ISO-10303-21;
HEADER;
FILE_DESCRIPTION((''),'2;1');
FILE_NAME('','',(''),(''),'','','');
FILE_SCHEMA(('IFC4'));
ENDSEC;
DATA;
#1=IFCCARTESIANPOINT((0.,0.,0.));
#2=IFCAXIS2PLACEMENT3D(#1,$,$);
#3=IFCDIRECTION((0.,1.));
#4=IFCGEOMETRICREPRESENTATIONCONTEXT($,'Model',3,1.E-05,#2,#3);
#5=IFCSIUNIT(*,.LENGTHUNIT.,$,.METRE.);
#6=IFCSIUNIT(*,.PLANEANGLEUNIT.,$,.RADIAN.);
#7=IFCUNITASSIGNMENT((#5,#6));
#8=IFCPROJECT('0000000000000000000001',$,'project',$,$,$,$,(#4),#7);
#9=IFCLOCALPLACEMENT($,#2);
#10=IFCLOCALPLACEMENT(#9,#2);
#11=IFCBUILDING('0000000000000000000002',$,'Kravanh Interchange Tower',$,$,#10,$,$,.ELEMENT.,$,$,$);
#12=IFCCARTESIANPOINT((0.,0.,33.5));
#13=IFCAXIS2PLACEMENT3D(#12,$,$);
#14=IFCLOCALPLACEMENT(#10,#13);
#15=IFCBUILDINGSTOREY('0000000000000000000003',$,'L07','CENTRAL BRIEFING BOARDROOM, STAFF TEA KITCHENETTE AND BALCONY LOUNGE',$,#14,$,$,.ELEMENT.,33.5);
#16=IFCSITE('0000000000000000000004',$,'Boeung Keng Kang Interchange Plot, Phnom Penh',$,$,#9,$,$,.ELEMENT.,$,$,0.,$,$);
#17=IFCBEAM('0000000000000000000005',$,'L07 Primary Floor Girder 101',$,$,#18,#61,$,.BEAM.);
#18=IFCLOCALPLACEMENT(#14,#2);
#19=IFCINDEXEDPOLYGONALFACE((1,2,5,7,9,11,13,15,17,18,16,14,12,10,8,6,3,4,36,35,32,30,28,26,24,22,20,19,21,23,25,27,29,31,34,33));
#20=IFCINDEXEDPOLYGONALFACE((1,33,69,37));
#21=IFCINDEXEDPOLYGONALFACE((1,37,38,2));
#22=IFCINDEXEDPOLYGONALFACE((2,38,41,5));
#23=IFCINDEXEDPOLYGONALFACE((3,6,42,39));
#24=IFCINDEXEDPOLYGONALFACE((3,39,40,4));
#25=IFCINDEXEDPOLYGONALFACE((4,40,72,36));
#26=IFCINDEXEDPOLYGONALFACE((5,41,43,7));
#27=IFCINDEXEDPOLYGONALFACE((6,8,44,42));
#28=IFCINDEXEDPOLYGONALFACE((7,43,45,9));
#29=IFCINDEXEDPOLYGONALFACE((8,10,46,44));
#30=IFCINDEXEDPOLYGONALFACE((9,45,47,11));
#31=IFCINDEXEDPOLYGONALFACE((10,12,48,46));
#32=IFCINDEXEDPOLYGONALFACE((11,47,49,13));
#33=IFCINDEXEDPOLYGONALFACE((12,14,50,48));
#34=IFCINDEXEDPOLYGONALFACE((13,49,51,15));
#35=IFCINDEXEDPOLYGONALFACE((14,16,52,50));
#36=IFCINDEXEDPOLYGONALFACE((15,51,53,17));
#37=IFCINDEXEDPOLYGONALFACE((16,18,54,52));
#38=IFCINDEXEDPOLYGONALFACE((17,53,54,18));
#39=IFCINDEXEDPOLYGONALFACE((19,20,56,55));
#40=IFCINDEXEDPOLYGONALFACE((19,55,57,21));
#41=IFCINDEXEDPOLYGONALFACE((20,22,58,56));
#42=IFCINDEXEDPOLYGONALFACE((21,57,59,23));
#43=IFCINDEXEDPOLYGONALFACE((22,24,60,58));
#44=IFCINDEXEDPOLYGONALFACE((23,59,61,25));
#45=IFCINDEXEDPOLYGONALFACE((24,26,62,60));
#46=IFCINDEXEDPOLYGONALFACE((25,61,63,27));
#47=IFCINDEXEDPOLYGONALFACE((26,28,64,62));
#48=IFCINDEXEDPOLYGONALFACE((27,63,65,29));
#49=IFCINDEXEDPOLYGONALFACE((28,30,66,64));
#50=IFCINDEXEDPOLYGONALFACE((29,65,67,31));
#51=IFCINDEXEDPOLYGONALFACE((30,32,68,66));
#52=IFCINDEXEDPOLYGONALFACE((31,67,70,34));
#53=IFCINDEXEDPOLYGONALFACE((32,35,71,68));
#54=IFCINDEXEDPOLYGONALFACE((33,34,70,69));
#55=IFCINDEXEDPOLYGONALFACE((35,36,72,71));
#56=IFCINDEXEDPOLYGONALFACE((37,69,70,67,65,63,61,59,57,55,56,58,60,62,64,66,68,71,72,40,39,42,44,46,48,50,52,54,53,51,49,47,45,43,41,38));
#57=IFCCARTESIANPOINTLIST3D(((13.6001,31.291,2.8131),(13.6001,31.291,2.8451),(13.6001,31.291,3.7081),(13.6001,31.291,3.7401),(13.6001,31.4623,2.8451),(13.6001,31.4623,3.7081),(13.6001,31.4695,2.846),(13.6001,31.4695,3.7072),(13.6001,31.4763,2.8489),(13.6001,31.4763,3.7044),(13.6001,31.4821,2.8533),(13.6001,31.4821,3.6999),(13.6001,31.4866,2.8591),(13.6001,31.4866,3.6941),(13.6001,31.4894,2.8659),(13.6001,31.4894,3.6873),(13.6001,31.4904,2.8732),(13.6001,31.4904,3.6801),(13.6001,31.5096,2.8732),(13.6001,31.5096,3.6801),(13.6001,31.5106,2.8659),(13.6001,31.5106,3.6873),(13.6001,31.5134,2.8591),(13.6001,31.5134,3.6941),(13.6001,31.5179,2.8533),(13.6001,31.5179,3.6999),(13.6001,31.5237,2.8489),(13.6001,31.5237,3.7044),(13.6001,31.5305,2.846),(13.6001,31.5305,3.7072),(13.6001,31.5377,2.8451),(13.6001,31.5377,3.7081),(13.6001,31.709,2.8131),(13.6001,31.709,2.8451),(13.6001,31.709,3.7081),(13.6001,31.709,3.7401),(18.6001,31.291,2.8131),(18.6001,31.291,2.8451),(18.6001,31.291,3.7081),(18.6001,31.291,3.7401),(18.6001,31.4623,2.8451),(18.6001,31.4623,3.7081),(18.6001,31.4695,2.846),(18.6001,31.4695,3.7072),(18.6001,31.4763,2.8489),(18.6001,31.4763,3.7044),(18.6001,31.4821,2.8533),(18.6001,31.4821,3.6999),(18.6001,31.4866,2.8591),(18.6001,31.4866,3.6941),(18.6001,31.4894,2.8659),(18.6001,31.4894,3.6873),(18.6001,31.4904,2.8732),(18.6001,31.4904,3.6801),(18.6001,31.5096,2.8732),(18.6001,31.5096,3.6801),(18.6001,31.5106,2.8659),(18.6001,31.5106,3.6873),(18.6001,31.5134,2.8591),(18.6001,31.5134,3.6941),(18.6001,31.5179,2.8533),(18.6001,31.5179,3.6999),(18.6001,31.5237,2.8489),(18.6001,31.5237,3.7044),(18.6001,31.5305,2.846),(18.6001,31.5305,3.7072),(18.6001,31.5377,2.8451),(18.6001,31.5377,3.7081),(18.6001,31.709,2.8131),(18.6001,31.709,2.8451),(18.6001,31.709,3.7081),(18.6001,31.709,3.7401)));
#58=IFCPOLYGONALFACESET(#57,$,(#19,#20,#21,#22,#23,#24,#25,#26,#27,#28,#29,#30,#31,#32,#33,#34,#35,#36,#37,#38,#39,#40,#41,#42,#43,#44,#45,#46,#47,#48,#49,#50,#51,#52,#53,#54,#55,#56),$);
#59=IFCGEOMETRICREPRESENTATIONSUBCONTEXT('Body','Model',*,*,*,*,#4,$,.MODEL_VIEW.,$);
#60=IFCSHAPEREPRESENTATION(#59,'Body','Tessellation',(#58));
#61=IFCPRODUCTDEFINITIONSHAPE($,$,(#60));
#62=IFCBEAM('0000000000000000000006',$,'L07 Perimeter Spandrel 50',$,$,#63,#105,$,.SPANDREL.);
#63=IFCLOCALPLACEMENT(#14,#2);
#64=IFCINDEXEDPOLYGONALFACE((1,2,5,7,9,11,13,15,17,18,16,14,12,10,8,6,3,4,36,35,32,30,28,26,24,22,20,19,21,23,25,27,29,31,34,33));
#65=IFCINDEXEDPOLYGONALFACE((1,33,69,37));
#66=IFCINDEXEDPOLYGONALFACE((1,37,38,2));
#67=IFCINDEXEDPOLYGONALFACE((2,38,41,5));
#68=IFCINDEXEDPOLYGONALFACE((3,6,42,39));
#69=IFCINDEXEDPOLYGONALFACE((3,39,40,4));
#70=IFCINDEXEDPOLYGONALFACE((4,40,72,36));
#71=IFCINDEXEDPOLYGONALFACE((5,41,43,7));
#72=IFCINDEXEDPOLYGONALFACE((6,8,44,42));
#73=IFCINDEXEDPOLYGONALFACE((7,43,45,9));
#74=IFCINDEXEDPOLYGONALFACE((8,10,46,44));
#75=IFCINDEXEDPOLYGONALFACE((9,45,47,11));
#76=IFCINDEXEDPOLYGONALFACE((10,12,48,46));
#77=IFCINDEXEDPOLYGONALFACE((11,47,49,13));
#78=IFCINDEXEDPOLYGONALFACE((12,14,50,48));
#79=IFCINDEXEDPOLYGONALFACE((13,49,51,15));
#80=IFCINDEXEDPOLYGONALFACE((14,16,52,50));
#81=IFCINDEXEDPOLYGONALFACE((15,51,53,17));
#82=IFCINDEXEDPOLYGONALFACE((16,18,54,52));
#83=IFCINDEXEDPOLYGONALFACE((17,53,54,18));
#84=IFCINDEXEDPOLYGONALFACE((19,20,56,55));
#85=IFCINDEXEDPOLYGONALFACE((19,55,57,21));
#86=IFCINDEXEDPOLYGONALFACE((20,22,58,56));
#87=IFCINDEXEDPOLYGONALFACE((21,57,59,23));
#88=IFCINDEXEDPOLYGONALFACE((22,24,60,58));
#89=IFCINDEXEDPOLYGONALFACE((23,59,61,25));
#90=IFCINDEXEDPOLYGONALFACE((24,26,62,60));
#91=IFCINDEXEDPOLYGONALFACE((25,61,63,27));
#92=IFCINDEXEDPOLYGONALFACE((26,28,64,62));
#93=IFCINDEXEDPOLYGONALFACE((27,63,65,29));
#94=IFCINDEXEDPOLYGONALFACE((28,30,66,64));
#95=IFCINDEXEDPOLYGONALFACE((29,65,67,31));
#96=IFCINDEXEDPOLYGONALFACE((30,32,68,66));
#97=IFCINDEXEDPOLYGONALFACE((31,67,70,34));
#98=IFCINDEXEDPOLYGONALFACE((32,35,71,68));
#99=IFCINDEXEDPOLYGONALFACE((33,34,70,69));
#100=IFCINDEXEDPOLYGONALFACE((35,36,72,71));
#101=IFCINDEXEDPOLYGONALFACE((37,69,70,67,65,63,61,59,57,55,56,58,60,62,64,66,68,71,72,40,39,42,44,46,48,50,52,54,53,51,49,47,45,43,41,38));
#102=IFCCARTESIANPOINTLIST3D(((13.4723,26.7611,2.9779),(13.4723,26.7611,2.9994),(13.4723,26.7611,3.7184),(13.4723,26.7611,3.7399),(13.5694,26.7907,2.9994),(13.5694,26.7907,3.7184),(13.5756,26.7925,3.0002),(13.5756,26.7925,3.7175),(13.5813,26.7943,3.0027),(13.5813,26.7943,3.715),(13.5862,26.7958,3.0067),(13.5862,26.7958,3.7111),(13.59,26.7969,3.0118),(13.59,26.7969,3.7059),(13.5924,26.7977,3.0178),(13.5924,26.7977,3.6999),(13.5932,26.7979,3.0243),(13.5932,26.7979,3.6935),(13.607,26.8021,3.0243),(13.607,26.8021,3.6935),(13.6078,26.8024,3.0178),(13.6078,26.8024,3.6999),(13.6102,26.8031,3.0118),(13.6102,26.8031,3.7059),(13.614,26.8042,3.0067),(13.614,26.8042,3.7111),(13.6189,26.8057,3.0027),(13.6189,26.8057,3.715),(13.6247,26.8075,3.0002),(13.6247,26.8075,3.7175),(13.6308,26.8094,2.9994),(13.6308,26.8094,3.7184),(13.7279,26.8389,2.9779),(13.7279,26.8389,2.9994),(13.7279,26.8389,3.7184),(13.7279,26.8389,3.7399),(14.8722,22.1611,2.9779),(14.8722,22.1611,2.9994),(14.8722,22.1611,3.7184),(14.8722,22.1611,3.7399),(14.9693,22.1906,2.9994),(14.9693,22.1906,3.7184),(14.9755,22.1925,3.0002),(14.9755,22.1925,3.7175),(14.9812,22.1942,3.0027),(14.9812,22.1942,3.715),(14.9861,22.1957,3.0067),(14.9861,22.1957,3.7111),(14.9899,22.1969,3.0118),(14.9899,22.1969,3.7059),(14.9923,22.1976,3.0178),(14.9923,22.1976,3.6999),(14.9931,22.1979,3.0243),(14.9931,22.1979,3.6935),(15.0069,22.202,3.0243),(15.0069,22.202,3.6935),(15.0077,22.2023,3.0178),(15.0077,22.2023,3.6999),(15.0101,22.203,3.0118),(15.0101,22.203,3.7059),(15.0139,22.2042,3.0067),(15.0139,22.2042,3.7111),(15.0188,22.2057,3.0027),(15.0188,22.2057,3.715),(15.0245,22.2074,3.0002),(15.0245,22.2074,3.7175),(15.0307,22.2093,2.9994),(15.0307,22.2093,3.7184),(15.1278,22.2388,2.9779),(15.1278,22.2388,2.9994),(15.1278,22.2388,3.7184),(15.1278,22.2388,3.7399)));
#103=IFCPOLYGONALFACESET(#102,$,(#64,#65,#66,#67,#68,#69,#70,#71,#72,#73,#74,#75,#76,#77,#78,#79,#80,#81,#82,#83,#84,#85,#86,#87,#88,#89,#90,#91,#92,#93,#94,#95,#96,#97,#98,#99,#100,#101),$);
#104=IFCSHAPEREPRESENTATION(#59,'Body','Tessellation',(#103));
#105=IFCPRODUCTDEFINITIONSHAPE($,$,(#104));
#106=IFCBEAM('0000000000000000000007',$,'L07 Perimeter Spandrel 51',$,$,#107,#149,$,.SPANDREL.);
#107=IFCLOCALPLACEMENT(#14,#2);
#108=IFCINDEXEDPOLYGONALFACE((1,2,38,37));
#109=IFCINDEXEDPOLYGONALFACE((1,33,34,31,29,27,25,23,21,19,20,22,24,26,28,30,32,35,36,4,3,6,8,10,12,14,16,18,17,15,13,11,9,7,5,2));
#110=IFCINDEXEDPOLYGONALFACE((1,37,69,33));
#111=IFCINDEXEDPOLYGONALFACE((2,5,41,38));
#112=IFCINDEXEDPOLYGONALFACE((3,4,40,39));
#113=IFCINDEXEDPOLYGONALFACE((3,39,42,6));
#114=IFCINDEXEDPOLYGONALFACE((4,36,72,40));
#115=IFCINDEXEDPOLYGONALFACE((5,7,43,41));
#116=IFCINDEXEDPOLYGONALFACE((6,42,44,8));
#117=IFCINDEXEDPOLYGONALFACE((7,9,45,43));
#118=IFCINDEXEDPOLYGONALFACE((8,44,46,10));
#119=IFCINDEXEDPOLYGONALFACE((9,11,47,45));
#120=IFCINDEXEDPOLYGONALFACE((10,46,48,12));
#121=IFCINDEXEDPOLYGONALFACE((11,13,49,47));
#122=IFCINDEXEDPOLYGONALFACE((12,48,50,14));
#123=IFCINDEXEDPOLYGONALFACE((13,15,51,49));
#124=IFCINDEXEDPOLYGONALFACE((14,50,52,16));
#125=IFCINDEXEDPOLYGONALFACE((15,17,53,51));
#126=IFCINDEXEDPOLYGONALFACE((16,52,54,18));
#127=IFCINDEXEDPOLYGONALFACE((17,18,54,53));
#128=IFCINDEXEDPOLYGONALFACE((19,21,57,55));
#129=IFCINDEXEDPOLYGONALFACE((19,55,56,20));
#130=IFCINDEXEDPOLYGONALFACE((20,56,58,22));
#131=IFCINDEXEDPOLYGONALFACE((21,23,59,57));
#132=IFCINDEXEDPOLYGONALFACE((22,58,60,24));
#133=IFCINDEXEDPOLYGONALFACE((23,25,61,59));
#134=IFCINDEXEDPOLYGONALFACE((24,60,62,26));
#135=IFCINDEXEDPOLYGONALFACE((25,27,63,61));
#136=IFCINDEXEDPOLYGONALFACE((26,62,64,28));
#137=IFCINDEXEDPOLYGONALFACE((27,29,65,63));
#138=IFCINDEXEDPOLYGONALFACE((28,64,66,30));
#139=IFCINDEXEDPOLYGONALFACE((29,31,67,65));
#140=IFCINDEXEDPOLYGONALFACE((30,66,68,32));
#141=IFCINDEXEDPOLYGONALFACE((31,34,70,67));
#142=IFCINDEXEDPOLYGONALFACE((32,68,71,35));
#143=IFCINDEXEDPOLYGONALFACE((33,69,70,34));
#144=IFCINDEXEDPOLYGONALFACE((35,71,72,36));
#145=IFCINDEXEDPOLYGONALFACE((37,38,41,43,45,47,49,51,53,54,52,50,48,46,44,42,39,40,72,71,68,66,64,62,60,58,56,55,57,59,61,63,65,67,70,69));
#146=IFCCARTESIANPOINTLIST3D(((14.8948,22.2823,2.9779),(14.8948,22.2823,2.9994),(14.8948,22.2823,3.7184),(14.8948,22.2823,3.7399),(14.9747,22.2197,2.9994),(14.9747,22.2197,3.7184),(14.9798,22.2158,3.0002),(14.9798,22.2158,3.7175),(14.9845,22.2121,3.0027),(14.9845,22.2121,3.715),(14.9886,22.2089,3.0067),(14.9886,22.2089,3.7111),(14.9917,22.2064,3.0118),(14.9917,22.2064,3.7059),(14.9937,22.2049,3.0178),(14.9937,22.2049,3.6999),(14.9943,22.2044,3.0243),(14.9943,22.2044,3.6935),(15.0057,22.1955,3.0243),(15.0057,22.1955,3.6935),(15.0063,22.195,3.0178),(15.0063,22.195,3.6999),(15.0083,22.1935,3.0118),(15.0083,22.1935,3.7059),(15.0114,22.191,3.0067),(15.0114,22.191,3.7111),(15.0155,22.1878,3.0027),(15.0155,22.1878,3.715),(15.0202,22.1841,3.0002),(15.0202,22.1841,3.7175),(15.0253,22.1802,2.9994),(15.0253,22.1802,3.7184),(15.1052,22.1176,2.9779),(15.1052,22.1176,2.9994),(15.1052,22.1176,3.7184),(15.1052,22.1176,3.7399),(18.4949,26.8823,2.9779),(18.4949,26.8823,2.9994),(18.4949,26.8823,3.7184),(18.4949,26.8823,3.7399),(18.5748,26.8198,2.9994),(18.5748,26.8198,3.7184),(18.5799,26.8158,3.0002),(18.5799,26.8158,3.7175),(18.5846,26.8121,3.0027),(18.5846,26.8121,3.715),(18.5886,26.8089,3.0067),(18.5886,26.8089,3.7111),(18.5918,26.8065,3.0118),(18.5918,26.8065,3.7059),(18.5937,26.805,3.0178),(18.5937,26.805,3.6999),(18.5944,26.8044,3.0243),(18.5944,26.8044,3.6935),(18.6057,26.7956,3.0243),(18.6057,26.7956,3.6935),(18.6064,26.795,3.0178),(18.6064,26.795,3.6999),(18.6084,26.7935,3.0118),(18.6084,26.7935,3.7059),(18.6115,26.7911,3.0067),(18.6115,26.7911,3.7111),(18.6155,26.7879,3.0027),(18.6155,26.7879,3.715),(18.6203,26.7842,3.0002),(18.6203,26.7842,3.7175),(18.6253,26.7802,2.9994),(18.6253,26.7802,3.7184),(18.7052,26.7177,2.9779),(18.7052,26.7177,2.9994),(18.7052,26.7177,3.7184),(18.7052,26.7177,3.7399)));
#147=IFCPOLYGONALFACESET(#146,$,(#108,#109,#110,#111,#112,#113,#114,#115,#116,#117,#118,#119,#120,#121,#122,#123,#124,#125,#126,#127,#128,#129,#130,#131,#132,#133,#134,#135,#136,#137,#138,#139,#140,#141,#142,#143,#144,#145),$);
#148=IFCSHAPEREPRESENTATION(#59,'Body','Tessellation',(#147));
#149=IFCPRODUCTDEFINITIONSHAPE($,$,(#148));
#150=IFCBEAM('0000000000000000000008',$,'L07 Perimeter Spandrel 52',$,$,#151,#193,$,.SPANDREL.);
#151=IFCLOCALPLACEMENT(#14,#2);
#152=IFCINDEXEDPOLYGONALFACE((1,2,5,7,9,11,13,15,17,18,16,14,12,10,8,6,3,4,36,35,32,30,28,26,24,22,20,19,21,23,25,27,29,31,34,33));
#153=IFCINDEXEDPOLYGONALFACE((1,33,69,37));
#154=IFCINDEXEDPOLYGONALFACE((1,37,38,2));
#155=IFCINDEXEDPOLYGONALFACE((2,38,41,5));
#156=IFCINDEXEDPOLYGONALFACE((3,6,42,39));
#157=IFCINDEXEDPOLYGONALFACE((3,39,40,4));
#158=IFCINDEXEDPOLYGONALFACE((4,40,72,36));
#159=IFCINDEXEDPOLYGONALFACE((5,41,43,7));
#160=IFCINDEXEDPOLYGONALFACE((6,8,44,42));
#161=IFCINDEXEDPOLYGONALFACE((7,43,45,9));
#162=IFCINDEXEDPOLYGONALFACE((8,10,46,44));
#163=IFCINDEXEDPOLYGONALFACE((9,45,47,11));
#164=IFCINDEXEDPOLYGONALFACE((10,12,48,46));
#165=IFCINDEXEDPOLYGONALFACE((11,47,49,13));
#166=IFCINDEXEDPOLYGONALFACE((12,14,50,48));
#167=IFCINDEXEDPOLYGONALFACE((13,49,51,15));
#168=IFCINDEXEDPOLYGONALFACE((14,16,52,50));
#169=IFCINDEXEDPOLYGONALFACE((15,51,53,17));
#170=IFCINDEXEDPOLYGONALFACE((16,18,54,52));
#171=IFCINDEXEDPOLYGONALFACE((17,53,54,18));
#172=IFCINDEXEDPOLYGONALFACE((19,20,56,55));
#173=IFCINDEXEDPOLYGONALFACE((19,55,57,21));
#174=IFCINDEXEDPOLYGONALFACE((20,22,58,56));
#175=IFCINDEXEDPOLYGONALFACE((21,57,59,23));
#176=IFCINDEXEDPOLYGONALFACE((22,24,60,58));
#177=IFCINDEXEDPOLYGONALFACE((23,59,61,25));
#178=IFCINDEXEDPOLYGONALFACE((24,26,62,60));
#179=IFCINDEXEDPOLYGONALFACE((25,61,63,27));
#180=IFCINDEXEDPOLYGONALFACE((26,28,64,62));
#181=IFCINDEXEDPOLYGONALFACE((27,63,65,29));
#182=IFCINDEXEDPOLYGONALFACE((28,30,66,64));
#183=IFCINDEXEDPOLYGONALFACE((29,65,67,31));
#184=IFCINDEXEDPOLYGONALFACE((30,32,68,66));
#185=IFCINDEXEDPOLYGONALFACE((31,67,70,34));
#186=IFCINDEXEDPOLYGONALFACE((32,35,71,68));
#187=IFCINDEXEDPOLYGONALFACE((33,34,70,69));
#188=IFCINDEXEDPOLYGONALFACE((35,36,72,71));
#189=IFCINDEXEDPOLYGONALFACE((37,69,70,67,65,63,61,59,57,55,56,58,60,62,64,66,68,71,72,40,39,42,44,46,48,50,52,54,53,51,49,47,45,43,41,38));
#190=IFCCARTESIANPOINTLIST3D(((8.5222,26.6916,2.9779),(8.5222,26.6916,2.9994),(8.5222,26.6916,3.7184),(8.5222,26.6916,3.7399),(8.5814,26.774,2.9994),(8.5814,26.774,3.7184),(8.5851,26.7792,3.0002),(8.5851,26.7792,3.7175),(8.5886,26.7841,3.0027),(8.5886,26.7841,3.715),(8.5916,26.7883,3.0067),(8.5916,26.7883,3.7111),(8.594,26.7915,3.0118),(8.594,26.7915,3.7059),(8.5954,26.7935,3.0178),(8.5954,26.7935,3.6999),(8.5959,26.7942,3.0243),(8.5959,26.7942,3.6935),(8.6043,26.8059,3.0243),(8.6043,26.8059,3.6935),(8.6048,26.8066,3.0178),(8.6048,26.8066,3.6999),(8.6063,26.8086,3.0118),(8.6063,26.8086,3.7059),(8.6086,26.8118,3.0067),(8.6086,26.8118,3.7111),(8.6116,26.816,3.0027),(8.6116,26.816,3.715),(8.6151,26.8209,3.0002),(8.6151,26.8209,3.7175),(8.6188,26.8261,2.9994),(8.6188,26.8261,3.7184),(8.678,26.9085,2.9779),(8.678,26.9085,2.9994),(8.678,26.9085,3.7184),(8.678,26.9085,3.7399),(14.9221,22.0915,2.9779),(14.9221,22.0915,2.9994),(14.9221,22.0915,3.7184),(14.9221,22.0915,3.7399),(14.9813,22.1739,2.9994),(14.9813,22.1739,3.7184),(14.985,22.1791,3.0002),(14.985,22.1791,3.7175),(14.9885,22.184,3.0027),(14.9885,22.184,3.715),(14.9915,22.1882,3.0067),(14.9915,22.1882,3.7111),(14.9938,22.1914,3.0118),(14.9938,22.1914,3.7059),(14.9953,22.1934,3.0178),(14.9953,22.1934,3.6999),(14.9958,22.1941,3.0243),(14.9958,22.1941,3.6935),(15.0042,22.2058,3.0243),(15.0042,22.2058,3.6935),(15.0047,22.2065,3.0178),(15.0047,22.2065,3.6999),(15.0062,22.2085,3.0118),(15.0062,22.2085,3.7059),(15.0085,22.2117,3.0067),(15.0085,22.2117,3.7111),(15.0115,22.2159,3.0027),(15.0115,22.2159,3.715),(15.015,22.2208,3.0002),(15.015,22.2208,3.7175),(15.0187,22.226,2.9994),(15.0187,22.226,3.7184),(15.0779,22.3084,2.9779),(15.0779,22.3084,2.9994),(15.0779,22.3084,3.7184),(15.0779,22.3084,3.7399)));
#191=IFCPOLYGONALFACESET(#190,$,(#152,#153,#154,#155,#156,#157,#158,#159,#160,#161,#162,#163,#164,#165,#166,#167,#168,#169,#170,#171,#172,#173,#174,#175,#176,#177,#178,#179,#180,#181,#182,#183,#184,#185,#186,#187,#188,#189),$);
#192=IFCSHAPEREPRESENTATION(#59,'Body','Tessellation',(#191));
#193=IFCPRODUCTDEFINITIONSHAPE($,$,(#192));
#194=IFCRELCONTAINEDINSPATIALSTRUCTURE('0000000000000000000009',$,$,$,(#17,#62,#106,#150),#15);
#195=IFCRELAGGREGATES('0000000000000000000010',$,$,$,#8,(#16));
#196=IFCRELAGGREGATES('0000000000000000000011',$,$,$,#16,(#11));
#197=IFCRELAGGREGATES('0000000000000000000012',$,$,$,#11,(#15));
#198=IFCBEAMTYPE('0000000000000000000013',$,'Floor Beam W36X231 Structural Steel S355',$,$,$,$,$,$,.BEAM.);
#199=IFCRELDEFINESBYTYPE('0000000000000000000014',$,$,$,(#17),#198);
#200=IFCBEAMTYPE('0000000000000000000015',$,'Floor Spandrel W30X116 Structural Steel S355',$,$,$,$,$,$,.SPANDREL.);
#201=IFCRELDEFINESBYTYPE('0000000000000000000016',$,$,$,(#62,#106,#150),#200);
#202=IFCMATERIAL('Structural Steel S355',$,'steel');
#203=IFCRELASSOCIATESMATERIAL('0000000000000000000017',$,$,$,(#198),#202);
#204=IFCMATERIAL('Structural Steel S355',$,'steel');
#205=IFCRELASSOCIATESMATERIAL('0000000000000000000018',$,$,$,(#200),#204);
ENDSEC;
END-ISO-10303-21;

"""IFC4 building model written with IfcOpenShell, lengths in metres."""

from ifc_helpers import new_model, si_unit, direction, frame, origin, origin_2d, place, context, subcontext, project, spatial, i_section, extrude, material, material_profile, profile_set, type_object, element, save


model = new_model("IFC4")

# Units and contexts
model_context = context("Model", 3, precision=1e-05, world=origin(), true_north=direction((0.0, 1.0)))
body_context = subcontext(model_context, "Body", "Model", "MODEL_VIEW")
ifc_project = project(units=[si_unit("LENGTHUNIT", "METRE"), si_unit("PLANEANGLEUNIT", "RADIAN")], contexts=[model_context])

# Site, building, storey
site_placement = place(None, origin())
site = spatial("IfcSite", under=ifc_project, at=site_placement, Name="Boeung Keng Kang Interchange Plot, Phnom Penh", CompositionType="ELEMENT", RefElevation=0.0)
building_placement = place(site_placement, origin())
building = spatial("IfcBuilding", under=site, at=building_placement, Name="Kravanh Interchange Tower", CompositionType="ELEMENT")
storey_placement = place(building_placement, frame((0.0, 0.0, 33.5)))
storey = spatial("IfcBuildingStorey", under=building, at=storey_placement, Name="L07", Description="CENTRAL BRIEFING BOARDROOM, STAFF TEA KITCHENETTE AND BALCONY LOUNGE", CompositionType="ELEMENT", Elevation=33.5)

# Beams
ifc_material_1 = material(Name="Structural Steel S355", Category="steel")
ifc_material_profile_1 = material_profile(ifc_material_1, i_section(OverallWidth=0.418, OverallDepth=0.927, WebThickness=0.0193, FlangeThickness=0.032, FilletRadius=0.0281, at=origin_2d()), Name="W36X231")
ifc_profile_set_1 = profile_set([ifc_material_profile_1], Name="Structural Steel S355")
beam_type_1 = type_object("IfcBeamType", Name="Floor Beam W36X231 Structural Steel S355", PredefinedType="BEAM", material=ifc_profile_set_1)
for number, where, z_axis, x_axis, name in (
    (1, (13.6001, 31.5, 3.2766), (1.0, 0.0, 0.0), (0.0, 1.0, 0.0), "L07 Primary Floor Girder 101"),
):
    element("IfcBeam", number, at=place(storey_placement, frame(where, z_axis=z_axis, x_axis=x_axis)), inside=storey, type_object=beam_type_1, Name=name, PredefinedType="BEAM", context=body_context, shape_type="SweptSolid", body=[
        extrude(i_section(OverallWidth=0.418, OverallDepth=0.927, WebThickness=0.0193, FlangeThickness=0.032, FilletRadius=0.0281, at=origin_2d()), origin(), (0.0, 0.0, 1.0), 5.0),
    ])
ifc_material_2 = material(Name="Structural Steel S355", Category="steel")
ifc_material_profile_2 = material_profile(ifc_material_2, i_section(OverallWidth=0.2671, OverallDepth=0.762, WebThickness=0.0144, FlangeThickness=0.0215, FilletRadius=0.0249, at=origin_2d()), Name="W30X116")
ifc_profile_set_2 = profile_set([ifc_material_profile_2], Name="Structural Steel S355")
beam_type_2 = type_object("IfcBeamType", Name="Floor Spandrel W30X116 Structural Steel S355", PredefinedType="SPANDREL", material=ifc_profile_set_2)
beam_1_placement = place(storey_placement, frame((15.0, 22.2, 3.3589), z_axis=(-0.291137, 0.956681, 0.0), x_axis=(-0.956681, -0.291137, 0.0)))
element("IfcBeam", 2, at=beam_1_placement, inside=storey, type_object=beam_type_2, Name="L07 Perimeter Spandrel 50", PredefinedType="SPANDREL", context=body_context, shape_type="SweptSolid", body=[
    extrude(i_section(OverallWidth=0.2671, OverallDepth=0.762, WebThickness=0.0144, FlangeThickness=0.0215, FilletRadius=0.0249, at=origin_2d()), origin(), (0.0, 0.0, 1.0), 4.8083),
])
beam_2_placement = place(storey_placement, frame((15.0, 22.2, 3.3589), z_axis=(0.616311, 0.787503, 0.0), x_axis=(-0.787503, 0.616311, 0.0)))
element("IfcBeam", 3, at=beam_2_placement, inside=storey, type_object=beam_type_2, Name="L07 Perimeter Spandrel 51", PredefinedType="SPANDREL", context=body_context, shape_type="SweptSolid", body=[
    extrude(i_section(OverallWidth=0.2671, OverallDepth=0.762, WebThickness=0.0144, FlangeThickness=0.0215, FilletRadius=0.0249, at=origin_2d()), origin(), (0.0, 0.0, 1.0), 5.8413),
])
beam_3_placement = place(storey_placement, frame((15.0, 22.2, 3.3589), z_axis=(-0.812005, 0.58365, 0.0), x_axis=(-0.58365, -0.812005, 0.0)))
element("IfcBeam", 4, at=beam_3_placement, inside=storey, type_object=beam_type_2, Name="L07 Perimeter Spandrel 52", PredefinedType="SPANDREL", context=body_context, shape_type="SweptSolid", body=[
    extrude(i_section(OverallWidth=0.2671, OverallDepth=0.762, WebThickness=0.0144, FlangeThickness=0.0215, FilletRadius=0.0249, at=origin_2d()), origin(), (0.0, 0.0, 1.0), 7.8816),
])

save(model, "model.ifc")
